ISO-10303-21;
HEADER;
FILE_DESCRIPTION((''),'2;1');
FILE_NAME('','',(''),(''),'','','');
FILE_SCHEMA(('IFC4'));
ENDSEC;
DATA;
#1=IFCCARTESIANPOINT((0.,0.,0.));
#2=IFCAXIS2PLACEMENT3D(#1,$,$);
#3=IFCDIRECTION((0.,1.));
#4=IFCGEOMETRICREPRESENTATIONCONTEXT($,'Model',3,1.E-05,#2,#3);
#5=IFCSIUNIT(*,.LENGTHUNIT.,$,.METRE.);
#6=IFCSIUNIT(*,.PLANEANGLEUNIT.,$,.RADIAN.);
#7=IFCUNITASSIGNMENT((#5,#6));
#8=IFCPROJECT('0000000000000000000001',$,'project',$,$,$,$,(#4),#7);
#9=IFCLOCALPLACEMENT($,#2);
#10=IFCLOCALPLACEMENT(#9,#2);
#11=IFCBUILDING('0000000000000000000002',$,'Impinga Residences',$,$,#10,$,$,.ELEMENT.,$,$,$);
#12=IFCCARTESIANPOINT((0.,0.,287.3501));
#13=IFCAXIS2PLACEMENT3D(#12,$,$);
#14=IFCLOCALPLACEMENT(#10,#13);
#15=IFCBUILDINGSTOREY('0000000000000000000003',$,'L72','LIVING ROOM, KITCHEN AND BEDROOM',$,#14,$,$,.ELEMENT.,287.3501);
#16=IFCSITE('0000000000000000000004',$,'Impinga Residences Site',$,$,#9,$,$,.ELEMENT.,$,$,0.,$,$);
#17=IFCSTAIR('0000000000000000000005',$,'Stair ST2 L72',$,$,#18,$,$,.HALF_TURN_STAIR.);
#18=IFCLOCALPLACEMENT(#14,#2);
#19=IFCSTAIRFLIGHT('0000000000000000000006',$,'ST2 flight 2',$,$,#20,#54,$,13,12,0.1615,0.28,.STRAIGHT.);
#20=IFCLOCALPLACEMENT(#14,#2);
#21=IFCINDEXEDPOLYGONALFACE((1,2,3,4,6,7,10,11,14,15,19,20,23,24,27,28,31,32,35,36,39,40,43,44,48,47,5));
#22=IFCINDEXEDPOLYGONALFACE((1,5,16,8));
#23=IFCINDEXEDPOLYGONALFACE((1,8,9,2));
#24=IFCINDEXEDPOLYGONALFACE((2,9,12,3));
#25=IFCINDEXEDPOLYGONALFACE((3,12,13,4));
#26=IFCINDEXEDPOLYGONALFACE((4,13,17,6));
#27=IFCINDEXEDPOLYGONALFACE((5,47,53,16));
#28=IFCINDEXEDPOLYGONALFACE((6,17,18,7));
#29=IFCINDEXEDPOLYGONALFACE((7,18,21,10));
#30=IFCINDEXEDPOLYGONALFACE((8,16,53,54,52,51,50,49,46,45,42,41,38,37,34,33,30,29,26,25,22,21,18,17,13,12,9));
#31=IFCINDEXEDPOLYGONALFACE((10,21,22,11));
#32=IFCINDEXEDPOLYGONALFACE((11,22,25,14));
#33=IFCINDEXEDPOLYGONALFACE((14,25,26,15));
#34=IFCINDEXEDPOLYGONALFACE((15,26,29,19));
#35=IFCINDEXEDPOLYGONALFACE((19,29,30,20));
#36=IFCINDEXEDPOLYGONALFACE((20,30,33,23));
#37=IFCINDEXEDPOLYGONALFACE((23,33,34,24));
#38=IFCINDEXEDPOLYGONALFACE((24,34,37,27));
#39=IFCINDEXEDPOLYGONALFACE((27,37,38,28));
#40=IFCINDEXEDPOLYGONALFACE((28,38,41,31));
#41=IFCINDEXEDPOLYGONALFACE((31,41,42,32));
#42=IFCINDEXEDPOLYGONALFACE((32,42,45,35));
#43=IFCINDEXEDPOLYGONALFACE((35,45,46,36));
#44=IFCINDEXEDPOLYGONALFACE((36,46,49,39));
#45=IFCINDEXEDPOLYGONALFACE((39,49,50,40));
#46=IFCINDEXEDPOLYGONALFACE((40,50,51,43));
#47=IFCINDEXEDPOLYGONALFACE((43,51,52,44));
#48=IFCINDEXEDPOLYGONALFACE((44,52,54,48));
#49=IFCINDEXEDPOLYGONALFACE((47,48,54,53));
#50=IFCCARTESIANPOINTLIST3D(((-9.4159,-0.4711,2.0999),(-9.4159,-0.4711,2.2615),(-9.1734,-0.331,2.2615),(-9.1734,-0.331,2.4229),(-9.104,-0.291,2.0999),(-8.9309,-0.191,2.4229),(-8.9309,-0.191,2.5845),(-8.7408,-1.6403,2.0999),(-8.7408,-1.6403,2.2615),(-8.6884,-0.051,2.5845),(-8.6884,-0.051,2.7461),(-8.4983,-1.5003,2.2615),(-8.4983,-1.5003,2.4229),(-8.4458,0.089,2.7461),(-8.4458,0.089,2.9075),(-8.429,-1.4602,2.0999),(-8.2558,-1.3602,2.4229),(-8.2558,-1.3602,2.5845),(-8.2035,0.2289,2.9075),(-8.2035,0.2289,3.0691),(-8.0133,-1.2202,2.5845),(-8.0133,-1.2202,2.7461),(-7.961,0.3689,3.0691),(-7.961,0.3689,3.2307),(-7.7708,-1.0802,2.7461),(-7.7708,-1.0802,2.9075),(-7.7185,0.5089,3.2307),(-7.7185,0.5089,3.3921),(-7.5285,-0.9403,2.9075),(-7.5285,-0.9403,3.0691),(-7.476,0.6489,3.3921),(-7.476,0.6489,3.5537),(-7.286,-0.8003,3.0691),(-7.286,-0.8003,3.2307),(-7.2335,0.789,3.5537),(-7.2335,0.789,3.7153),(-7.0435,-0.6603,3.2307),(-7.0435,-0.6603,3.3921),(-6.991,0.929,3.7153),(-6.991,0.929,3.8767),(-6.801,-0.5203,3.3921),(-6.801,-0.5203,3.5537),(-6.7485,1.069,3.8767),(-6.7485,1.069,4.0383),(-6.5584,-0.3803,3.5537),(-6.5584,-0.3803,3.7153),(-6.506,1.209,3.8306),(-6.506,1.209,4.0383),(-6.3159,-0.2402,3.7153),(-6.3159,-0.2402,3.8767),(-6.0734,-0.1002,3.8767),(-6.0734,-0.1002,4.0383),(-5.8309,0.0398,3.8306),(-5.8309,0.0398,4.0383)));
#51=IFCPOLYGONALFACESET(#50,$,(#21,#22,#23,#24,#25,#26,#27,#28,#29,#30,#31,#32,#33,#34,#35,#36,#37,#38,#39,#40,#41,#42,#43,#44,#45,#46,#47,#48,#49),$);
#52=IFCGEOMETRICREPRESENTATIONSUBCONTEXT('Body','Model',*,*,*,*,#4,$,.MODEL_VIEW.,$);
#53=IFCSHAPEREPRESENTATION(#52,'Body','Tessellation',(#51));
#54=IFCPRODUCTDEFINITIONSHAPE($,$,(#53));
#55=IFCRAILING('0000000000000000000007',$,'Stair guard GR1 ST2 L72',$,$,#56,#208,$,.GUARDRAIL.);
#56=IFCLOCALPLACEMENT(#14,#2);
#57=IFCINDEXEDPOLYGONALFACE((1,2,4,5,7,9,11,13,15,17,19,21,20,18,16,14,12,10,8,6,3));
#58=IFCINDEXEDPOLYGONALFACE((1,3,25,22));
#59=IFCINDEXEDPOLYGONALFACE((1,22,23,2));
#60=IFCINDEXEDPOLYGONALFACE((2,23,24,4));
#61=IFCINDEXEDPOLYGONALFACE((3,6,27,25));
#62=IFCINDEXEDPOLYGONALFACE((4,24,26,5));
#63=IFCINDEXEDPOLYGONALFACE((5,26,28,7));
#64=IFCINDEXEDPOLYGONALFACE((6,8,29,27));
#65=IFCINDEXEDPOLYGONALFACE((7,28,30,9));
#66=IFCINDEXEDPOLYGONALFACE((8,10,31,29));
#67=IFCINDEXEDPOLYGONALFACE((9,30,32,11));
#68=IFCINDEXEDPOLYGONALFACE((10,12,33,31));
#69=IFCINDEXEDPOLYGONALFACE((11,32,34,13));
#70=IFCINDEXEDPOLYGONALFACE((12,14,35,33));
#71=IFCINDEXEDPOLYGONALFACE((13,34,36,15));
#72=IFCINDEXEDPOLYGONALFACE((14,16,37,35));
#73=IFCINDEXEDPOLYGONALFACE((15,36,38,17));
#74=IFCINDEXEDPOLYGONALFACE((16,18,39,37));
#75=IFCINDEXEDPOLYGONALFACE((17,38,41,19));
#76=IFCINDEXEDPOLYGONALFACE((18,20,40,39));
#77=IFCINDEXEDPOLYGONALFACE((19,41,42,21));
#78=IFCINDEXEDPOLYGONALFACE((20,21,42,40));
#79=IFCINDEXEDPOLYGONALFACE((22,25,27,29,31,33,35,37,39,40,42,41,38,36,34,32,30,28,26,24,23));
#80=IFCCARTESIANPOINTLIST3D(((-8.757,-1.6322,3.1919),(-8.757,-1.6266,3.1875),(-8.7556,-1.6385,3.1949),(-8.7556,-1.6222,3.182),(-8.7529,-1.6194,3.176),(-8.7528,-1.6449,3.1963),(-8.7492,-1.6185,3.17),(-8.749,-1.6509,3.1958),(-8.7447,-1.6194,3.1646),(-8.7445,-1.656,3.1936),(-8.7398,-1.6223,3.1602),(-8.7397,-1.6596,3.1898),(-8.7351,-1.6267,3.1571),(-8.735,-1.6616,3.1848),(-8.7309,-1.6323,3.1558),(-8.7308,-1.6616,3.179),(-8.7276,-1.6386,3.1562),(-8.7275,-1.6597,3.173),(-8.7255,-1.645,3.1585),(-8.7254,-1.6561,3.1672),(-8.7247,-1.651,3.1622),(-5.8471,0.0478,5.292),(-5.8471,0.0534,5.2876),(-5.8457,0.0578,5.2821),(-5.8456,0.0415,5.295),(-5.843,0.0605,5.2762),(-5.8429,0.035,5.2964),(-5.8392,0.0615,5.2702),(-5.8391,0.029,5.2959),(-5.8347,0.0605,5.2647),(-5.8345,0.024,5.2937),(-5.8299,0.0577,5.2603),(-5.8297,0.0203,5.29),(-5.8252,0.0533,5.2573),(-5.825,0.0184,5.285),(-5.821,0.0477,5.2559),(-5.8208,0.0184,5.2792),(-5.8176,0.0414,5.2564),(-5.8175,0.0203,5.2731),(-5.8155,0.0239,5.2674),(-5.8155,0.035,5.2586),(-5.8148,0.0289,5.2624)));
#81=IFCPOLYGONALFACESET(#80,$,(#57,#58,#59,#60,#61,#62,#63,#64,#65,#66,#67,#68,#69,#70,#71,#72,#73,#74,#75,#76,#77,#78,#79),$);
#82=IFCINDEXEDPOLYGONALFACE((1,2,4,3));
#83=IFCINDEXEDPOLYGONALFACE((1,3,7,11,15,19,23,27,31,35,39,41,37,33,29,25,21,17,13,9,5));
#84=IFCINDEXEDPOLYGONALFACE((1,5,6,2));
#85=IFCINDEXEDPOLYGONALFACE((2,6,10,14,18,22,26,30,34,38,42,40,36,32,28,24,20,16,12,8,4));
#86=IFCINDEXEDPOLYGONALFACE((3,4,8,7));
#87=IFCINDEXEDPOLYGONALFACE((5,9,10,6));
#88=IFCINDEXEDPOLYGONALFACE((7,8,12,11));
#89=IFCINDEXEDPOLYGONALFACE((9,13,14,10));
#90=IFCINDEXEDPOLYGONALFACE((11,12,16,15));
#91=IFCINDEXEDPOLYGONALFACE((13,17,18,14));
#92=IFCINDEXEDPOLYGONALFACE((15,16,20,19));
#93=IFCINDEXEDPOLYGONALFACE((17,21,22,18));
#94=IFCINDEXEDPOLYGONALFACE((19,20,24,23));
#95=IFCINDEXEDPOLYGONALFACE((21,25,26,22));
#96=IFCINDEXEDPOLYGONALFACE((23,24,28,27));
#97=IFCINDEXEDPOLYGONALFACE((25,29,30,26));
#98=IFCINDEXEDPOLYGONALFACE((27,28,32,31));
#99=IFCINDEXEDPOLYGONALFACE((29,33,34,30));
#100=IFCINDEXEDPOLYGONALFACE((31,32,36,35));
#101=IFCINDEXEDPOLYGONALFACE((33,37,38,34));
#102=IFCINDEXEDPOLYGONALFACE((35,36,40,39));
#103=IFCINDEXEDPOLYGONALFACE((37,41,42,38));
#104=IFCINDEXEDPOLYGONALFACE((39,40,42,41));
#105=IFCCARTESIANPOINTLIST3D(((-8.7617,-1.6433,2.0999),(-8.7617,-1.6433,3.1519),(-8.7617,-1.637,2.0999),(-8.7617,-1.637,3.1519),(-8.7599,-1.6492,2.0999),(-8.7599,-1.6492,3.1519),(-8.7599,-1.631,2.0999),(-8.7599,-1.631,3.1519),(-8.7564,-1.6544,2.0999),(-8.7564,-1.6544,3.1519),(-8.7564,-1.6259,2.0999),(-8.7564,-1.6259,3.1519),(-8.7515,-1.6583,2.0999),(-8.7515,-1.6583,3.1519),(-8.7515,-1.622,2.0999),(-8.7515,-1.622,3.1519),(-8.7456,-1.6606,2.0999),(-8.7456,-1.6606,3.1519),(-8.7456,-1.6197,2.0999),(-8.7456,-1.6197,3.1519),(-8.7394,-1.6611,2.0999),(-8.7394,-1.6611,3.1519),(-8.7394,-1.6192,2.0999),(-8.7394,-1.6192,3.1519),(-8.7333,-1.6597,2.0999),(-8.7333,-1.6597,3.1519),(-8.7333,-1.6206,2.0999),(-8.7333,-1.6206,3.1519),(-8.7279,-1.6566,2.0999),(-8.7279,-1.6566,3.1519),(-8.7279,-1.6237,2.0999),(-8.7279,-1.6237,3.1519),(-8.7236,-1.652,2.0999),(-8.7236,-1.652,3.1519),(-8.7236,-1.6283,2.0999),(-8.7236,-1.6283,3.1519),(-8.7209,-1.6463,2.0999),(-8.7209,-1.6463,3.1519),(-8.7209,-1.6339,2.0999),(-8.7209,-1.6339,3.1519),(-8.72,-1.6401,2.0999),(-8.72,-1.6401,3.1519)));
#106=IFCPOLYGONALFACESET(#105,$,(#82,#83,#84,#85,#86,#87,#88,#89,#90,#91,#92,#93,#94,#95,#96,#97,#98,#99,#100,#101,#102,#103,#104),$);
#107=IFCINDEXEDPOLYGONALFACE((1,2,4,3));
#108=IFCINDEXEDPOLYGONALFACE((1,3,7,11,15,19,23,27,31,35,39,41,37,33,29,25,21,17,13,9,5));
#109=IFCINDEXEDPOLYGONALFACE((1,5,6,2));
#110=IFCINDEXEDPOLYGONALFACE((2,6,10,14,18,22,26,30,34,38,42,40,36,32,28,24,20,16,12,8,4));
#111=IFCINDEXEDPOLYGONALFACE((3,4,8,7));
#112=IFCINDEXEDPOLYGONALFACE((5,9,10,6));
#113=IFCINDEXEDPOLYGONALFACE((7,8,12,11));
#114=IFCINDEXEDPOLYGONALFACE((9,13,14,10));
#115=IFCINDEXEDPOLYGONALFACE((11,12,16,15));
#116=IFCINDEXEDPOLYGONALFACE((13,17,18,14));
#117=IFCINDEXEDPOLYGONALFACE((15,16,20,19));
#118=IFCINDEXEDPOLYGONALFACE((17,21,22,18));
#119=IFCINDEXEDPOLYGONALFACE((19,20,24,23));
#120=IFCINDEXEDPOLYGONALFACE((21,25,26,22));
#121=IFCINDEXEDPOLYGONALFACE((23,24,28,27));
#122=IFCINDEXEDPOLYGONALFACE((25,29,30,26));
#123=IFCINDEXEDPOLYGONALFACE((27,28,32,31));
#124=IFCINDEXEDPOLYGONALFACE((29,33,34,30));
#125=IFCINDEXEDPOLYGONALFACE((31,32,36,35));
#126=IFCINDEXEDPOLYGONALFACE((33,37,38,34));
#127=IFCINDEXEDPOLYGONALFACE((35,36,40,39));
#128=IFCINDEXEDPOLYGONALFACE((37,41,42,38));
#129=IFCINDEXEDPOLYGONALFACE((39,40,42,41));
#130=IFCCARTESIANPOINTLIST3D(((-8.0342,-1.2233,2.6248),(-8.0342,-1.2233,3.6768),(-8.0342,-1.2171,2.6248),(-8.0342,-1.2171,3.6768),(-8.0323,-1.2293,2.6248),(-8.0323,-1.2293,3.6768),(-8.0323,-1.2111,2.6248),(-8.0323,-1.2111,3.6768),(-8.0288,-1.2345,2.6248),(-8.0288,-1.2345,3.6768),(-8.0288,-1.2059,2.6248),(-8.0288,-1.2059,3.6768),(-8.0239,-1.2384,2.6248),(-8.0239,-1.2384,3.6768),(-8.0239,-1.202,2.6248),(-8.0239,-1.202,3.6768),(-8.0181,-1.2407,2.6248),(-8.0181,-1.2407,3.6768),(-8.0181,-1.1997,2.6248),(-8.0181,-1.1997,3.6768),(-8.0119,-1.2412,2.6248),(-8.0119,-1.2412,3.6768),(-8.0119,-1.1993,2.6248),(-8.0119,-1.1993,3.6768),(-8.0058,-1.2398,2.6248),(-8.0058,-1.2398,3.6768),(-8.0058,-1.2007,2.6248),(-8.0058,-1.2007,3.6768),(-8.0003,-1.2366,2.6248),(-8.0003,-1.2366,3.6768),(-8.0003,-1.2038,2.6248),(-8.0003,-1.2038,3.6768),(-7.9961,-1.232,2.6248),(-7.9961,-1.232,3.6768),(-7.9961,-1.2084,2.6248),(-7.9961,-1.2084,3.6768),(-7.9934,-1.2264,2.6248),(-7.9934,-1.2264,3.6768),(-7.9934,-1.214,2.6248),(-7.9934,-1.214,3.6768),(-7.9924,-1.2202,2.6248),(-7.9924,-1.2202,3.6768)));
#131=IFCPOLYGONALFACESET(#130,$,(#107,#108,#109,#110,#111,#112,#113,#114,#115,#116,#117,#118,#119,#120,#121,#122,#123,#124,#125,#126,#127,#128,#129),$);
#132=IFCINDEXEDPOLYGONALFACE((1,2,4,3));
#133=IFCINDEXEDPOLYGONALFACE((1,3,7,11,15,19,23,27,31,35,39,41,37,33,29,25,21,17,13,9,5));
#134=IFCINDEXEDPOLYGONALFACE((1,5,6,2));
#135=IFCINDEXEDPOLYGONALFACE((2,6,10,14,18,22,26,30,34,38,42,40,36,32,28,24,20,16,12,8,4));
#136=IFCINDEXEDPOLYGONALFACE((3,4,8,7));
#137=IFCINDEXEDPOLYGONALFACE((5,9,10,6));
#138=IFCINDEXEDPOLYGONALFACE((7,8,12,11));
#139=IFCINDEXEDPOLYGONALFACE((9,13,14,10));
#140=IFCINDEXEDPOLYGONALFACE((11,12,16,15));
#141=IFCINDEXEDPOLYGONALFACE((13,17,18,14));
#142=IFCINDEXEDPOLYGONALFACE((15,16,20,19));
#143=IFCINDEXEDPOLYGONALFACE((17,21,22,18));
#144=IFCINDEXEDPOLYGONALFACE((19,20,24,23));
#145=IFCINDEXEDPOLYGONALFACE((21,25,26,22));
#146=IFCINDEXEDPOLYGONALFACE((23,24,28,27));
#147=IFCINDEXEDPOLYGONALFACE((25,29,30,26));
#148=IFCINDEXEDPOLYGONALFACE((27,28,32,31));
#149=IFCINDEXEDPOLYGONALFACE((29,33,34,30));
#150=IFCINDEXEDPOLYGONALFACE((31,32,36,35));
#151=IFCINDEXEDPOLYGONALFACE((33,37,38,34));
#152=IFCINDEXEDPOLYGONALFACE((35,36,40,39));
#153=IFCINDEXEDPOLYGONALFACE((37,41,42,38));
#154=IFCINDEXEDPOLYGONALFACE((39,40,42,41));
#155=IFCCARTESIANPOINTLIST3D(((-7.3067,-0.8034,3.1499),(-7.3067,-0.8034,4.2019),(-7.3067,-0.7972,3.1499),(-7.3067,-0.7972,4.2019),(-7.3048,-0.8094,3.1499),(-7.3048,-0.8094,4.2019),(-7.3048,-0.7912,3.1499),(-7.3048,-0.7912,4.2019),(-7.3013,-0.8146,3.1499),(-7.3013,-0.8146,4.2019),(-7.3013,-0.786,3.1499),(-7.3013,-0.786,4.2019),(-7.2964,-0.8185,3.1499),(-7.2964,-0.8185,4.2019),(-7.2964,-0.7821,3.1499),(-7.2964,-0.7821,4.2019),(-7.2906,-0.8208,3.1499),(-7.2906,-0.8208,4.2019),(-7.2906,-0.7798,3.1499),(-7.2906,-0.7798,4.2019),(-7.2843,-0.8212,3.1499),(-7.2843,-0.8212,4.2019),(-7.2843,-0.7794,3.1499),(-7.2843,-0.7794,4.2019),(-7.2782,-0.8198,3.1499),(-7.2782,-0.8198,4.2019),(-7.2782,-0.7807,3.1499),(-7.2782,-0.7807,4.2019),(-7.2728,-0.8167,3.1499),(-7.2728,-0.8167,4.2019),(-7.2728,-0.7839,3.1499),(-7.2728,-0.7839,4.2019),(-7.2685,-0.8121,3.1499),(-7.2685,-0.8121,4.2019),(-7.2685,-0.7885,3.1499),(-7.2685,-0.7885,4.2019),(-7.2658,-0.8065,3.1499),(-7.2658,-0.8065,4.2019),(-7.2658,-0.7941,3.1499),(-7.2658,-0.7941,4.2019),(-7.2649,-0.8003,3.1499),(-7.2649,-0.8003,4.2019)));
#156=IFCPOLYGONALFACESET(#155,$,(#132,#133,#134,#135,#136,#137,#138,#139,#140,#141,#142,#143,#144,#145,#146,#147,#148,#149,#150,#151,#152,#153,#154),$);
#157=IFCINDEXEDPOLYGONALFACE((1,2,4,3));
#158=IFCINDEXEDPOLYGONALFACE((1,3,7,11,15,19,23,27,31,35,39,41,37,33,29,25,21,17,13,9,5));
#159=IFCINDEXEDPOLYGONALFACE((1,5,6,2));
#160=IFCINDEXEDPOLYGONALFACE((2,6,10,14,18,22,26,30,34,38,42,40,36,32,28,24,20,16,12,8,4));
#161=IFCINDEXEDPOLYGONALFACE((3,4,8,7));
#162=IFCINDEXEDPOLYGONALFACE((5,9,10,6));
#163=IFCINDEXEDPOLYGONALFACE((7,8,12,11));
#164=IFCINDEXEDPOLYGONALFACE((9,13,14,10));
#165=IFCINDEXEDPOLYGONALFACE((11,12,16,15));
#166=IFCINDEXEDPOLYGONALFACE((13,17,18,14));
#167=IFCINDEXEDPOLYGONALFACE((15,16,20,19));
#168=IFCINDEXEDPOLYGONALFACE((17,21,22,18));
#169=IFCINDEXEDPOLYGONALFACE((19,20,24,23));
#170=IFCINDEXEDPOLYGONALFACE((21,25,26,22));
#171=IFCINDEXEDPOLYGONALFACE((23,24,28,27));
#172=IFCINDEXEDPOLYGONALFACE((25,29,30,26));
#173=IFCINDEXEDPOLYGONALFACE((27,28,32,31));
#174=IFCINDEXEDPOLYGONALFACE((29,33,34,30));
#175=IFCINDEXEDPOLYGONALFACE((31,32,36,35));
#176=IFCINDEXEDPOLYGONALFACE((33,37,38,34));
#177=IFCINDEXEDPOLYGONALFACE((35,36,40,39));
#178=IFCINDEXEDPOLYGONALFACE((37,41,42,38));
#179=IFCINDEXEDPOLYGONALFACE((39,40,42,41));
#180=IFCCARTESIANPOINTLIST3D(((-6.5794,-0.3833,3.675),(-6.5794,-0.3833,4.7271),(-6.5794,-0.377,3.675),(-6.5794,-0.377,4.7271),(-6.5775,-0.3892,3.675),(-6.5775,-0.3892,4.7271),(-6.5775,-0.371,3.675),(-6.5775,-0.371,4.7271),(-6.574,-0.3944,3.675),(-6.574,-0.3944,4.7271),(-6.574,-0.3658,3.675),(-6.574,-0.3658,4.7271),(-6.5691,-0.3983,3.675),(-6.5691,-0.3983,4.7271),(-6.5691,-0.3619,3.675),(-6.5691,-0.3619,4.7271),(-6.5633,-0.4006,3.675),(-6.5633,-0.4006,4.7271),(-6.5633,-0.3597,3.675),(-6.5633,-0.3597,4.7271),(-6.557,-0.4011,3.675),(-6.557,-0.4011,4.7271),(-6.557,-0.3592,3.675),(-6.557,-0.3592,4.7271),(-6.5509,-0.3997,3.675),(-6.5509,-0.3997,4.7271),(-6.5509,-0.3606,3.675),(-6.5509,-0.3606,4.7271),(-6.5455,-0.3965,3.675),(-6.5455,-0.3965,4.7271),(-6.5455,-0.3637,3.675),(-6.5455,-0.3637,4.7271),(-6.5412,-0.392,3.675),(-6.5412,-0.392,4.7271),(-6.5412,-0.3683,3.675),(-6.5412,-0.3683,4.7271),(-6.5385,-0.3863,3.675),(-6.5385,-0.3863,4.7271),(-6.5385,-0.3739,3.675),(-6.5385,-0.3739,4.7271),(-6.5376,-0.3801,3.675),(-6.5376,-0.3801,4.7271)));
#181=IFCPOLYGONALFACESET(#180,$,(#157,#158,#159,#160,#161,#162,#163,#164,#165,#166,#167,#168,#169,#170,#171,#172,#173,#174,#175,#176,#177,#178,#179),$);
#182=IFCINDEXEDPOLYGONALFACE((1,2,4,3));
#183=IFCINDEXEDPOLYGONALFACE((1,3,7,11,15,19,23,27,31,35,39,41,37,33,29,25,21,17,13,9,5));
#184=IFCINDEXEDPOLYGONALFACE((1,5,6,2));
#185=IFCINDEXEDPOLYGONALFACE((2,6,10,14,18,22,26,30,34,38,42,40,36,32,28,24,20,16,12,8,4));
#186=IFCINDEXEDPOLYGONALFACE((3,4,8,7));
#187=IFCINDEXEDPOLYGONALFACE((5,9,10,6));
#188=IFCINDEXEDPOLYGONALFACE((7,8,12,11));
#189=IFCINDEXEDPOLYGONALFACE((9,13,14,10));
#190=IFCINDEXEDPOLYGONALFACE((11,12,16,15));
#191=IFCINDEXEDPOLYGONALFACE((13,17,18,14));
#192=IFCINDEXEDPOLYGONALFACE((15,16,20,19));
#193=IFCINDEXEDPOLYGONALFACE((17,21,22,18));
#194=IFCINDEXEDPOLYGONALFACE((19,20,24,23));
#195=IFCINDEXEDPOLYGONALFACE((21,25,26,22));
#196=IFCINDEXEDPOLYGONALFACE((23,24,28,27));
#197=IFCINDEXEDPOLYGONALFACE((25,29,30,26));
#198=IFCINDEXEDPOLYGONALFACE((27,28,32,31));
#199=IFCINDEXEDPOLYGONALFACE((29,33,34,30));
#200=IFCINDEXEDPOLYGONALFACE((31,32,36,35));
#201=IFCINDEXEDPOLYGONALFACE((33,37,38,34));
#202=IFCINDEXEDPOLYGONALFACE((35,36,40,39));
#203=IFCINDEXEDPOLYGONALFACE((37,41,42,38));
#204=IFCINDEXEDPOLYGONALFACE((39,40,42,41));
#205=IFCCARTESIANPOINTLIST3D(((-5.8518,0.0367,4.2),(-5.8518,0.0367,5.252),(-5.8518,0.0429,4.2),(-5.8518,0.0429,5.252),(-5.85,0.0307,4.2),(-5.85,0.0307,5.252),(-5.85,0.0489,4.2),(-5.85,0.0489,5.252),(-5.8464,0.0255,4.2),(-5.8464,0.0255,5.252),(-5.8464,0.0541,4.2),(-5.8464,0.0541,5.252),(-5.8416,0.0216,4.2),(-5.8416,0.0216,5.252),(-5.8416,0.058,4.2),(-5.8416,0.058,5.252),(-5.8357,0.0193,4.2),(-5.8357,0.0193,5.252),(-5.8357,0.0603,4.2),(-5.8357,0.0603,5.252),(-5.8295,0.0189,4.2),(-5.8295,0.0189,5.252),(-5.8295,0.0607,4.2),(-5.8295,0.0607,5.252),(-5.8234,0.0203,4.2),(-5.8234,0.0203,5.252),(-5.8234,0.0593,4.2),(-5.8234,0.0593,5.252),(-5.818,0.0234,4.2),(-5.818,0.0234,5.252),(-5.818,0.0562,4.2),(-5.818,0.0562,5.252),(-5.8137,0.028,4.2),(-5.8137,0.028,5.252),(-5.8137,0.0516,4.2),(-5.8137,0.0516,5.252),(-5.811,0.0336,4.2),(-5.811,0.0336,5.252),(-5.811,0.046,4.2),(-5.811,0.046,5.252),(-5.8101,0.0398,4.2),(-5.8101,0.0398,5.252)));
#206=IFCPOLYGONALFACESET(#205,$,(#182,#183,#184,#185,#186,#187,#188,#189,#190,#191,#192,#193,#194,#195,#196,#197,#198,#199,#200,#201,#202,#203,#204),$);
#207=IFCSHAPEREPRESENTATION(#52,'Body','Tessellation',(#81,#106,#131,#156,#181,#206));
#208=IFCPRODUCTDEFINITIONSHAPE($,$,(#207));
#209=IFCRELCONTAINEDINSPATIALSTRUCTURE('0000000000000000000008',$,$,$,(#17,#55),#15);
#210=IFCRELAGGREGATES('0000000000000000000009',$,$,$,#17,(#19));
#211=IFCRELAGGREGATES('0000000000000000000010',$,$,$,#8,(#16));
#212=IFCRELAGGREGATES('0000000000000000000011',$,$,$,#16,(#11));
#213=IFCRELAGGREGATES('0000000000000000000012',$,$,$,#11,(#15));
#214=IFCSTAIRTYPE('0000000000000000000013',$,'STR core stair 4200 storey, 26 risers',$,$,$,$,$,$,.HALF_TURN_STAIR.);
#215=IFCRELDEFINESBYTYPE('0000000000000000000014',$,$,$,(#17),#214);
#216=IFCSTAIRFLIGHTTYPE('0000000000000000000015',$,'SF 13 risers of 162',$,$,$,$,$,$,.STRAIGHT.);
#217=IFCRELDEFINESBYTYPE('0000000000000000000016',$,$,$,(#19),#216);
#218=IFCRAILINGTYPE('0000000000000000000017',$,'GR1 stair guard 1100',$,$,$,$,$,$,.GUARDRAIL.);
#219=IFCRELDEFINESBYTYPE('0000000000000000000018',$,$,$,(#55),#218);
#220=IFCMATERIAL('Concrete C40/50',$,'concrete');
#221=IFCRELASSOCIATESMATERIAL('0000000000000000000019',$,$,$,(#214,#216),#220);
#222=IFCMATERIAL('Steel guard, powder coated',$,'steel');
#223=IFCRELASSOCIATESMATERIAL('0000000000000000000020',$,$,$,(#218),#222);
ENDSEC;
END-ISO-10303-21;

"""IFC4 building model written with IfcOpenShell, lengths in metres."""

from ifc_helpers import new_model, si_unit, direction, frame, origin, origin_2d, place, context, subcontext, project, spatial, polyline, circle, outline, extrude, material, type_object, element, aggregate, save


model = new_model("IFC4")

# Units and contexts
model_context = context("Model", 3, precision=1e-05, world=origin(), true_north=direction((0.0, 1.0)))
body_context = subcontext(model_context, "Body", "Model", "MODEL_VIEW")
ifc_project = project(units=[si_unit("LENGTHUNIT", "METRE"), si_unit("PLANEANGLEUNIT", "RADIAN")], contexts=[model_context])

# Site, building, storey
site_placement = place(None, origin())
site = spatial("IfcSite", under=ifc_project, at=site_placement, Name="Impinga Residences Site", CompositionType="ELEMENT", RefElevation=0.0)
building_placement = place(site_placement, origin())
building = spatial("IfcBuilding", under=site, at=building_placement, Name="Impinga Residences", CompositionType="ELEMENT")
storey_placement = place(building_placement, frame((0.0, 0.0, 287.3501)))
storey = spatial("IfcBuildingStorey", under=building, at=storey_placement, Name="L72", Description="LIVING ROOM, KITCHEN AND BEDROOM", CompositionType="ELEMENT", Elevation=287.3501)

# Stair, stair flight
ifc_material_1 = material(Name="Concrete C40/50", Category="concrete")
stair_type = type_object("IfcStairType", Name="STR core stair 4200 storey, 26 risers", PredefinedType="HALF_TURN_STAIR", material=ifc_material_1)
stair_placement = place(storey_placement, origin())
stair = element("IfcStair", 1, at=stair_placement, inside=storey, type_object=stair_type, Name="Stair ST2 L72", PredefinedType="HALF_TURN_STAIR")
stair_flight_type = type_object("IfcStairFlightType", Name="SF 13 risers of 162", PredefinedType="STRAIGHT", material=ifc_material_1)
stair_flight_1_placement = place(storey_placement, frame((-9.0784, -1.0557, 2.0999), z_axis=(0.0, 0.0, 1.0), x_axis=(0.866025, 0.5, 0.0)))
stair_flight_1 = element("IfcStairFlight", 2, at=stair_flight_1_placement, type_object=stair_flight_type, Name="ST2 flight 2", NumberOfRisers=13, NumberOfTreads=12, PredefinedType="STRAIGHT", RiserHeight=0.1615, TreadLength=0.28, context=body_context, shape_type="SweptSolid", body=[
    extrude(outline(polyline([(0.0, 0.0), (0.0, 0.1616), (0.28, 0.1616), (0.28, 0.323), (0.5601, 0.323), (0.5601, 0.4846), (0.8401, 0.4846), (0.8401, 0.6462), (1.1201, 0.6462), (1.1201, 0.8076), (1.3999, 0.8076), (1.3999, 0.9692), (1.6799, 0.9692), (1.6799, 1.1309), (1.96, 1.1309), (1.96, 1.2922), (2.24, 1.2922), (2.24, 1.4539), (2.52, 1.4539), (2.52, 1.6155), (2.8, 1.6155), (2.8, 1.7769), (3.0801, 1.7769), (3.0801, 1.9385), (3.3601, 1.9385), (3.3601, 2.1001), (3.3601, 1.7307), (0.3601, 0.0), (0.0, 0.0)])), frame((0.0, 0.675, 0.0), z_axis=(0.0, -1.0, 0.0), x_axis=(1.0, 0.0, 0.0)), (0.0, 0.0, 1.0), 1.3501),
])
aggregate(stair, [stair_flight_1])

# Railing
ifc_material_2 = material(Name="Steel guard, powder coated", Category="steel")
railing_type_1 = type_object("IfcRailingType", Name="GR1 stair guard 1100", PredefinedType="GUARDRAIL", material=ifc_material_2)
railing_1_placement = place(storey_placement, frame((-8.741, -1.6401, 2.0999)))
element("IfcRailing", 3, at=railing_1_placement, inside=storey, type_object=railing_type_1, Name="Stair guard GR1 ST2 L72", PredefinedType="GUARDRAIL", context=body_context, shape_type="SweptSolid", body=[
    extrude(circle(Radius=0.0239, at=origin_2d()), frame((0.0, 0.0, 1.0762), z_axis=(0.734392, 0.423974, 0.530014), x_axis=(-0.499976, 0.866039, 0.0)), (0.0, 0.0, 1.0), 3.9624),
    extrude(circle(Radius=0.021, at=origin_2d()), origin(), (0.0, 0.0, 1.0), 1.052),
    extrude(circle(Radius=0.021, at=origin_2d()), frame((0.7275, 0.4199, 0.5249)), (0.0, 0.0, 1.0), 1.052),
    extrude(circle(Radius=0.021, at=origin_2d()), frame((1.4551, 0.8398, 1.05)), (0.0, 0.0, 1.0), 1.052),
    extrude(circle(Radius=0.021, at=origin_2d()), frame((2.1824, 1.26, 1.5752)), (0.0, 0.0, 1.0), 1.052),
    extrude(circle(Radius=0.021, at=origin_2d()), frame((2.9099, 1.6799, 2.1001)), (0.0, 0.0, 1.0), 1.052),
])

save(model, "model.ifc")
